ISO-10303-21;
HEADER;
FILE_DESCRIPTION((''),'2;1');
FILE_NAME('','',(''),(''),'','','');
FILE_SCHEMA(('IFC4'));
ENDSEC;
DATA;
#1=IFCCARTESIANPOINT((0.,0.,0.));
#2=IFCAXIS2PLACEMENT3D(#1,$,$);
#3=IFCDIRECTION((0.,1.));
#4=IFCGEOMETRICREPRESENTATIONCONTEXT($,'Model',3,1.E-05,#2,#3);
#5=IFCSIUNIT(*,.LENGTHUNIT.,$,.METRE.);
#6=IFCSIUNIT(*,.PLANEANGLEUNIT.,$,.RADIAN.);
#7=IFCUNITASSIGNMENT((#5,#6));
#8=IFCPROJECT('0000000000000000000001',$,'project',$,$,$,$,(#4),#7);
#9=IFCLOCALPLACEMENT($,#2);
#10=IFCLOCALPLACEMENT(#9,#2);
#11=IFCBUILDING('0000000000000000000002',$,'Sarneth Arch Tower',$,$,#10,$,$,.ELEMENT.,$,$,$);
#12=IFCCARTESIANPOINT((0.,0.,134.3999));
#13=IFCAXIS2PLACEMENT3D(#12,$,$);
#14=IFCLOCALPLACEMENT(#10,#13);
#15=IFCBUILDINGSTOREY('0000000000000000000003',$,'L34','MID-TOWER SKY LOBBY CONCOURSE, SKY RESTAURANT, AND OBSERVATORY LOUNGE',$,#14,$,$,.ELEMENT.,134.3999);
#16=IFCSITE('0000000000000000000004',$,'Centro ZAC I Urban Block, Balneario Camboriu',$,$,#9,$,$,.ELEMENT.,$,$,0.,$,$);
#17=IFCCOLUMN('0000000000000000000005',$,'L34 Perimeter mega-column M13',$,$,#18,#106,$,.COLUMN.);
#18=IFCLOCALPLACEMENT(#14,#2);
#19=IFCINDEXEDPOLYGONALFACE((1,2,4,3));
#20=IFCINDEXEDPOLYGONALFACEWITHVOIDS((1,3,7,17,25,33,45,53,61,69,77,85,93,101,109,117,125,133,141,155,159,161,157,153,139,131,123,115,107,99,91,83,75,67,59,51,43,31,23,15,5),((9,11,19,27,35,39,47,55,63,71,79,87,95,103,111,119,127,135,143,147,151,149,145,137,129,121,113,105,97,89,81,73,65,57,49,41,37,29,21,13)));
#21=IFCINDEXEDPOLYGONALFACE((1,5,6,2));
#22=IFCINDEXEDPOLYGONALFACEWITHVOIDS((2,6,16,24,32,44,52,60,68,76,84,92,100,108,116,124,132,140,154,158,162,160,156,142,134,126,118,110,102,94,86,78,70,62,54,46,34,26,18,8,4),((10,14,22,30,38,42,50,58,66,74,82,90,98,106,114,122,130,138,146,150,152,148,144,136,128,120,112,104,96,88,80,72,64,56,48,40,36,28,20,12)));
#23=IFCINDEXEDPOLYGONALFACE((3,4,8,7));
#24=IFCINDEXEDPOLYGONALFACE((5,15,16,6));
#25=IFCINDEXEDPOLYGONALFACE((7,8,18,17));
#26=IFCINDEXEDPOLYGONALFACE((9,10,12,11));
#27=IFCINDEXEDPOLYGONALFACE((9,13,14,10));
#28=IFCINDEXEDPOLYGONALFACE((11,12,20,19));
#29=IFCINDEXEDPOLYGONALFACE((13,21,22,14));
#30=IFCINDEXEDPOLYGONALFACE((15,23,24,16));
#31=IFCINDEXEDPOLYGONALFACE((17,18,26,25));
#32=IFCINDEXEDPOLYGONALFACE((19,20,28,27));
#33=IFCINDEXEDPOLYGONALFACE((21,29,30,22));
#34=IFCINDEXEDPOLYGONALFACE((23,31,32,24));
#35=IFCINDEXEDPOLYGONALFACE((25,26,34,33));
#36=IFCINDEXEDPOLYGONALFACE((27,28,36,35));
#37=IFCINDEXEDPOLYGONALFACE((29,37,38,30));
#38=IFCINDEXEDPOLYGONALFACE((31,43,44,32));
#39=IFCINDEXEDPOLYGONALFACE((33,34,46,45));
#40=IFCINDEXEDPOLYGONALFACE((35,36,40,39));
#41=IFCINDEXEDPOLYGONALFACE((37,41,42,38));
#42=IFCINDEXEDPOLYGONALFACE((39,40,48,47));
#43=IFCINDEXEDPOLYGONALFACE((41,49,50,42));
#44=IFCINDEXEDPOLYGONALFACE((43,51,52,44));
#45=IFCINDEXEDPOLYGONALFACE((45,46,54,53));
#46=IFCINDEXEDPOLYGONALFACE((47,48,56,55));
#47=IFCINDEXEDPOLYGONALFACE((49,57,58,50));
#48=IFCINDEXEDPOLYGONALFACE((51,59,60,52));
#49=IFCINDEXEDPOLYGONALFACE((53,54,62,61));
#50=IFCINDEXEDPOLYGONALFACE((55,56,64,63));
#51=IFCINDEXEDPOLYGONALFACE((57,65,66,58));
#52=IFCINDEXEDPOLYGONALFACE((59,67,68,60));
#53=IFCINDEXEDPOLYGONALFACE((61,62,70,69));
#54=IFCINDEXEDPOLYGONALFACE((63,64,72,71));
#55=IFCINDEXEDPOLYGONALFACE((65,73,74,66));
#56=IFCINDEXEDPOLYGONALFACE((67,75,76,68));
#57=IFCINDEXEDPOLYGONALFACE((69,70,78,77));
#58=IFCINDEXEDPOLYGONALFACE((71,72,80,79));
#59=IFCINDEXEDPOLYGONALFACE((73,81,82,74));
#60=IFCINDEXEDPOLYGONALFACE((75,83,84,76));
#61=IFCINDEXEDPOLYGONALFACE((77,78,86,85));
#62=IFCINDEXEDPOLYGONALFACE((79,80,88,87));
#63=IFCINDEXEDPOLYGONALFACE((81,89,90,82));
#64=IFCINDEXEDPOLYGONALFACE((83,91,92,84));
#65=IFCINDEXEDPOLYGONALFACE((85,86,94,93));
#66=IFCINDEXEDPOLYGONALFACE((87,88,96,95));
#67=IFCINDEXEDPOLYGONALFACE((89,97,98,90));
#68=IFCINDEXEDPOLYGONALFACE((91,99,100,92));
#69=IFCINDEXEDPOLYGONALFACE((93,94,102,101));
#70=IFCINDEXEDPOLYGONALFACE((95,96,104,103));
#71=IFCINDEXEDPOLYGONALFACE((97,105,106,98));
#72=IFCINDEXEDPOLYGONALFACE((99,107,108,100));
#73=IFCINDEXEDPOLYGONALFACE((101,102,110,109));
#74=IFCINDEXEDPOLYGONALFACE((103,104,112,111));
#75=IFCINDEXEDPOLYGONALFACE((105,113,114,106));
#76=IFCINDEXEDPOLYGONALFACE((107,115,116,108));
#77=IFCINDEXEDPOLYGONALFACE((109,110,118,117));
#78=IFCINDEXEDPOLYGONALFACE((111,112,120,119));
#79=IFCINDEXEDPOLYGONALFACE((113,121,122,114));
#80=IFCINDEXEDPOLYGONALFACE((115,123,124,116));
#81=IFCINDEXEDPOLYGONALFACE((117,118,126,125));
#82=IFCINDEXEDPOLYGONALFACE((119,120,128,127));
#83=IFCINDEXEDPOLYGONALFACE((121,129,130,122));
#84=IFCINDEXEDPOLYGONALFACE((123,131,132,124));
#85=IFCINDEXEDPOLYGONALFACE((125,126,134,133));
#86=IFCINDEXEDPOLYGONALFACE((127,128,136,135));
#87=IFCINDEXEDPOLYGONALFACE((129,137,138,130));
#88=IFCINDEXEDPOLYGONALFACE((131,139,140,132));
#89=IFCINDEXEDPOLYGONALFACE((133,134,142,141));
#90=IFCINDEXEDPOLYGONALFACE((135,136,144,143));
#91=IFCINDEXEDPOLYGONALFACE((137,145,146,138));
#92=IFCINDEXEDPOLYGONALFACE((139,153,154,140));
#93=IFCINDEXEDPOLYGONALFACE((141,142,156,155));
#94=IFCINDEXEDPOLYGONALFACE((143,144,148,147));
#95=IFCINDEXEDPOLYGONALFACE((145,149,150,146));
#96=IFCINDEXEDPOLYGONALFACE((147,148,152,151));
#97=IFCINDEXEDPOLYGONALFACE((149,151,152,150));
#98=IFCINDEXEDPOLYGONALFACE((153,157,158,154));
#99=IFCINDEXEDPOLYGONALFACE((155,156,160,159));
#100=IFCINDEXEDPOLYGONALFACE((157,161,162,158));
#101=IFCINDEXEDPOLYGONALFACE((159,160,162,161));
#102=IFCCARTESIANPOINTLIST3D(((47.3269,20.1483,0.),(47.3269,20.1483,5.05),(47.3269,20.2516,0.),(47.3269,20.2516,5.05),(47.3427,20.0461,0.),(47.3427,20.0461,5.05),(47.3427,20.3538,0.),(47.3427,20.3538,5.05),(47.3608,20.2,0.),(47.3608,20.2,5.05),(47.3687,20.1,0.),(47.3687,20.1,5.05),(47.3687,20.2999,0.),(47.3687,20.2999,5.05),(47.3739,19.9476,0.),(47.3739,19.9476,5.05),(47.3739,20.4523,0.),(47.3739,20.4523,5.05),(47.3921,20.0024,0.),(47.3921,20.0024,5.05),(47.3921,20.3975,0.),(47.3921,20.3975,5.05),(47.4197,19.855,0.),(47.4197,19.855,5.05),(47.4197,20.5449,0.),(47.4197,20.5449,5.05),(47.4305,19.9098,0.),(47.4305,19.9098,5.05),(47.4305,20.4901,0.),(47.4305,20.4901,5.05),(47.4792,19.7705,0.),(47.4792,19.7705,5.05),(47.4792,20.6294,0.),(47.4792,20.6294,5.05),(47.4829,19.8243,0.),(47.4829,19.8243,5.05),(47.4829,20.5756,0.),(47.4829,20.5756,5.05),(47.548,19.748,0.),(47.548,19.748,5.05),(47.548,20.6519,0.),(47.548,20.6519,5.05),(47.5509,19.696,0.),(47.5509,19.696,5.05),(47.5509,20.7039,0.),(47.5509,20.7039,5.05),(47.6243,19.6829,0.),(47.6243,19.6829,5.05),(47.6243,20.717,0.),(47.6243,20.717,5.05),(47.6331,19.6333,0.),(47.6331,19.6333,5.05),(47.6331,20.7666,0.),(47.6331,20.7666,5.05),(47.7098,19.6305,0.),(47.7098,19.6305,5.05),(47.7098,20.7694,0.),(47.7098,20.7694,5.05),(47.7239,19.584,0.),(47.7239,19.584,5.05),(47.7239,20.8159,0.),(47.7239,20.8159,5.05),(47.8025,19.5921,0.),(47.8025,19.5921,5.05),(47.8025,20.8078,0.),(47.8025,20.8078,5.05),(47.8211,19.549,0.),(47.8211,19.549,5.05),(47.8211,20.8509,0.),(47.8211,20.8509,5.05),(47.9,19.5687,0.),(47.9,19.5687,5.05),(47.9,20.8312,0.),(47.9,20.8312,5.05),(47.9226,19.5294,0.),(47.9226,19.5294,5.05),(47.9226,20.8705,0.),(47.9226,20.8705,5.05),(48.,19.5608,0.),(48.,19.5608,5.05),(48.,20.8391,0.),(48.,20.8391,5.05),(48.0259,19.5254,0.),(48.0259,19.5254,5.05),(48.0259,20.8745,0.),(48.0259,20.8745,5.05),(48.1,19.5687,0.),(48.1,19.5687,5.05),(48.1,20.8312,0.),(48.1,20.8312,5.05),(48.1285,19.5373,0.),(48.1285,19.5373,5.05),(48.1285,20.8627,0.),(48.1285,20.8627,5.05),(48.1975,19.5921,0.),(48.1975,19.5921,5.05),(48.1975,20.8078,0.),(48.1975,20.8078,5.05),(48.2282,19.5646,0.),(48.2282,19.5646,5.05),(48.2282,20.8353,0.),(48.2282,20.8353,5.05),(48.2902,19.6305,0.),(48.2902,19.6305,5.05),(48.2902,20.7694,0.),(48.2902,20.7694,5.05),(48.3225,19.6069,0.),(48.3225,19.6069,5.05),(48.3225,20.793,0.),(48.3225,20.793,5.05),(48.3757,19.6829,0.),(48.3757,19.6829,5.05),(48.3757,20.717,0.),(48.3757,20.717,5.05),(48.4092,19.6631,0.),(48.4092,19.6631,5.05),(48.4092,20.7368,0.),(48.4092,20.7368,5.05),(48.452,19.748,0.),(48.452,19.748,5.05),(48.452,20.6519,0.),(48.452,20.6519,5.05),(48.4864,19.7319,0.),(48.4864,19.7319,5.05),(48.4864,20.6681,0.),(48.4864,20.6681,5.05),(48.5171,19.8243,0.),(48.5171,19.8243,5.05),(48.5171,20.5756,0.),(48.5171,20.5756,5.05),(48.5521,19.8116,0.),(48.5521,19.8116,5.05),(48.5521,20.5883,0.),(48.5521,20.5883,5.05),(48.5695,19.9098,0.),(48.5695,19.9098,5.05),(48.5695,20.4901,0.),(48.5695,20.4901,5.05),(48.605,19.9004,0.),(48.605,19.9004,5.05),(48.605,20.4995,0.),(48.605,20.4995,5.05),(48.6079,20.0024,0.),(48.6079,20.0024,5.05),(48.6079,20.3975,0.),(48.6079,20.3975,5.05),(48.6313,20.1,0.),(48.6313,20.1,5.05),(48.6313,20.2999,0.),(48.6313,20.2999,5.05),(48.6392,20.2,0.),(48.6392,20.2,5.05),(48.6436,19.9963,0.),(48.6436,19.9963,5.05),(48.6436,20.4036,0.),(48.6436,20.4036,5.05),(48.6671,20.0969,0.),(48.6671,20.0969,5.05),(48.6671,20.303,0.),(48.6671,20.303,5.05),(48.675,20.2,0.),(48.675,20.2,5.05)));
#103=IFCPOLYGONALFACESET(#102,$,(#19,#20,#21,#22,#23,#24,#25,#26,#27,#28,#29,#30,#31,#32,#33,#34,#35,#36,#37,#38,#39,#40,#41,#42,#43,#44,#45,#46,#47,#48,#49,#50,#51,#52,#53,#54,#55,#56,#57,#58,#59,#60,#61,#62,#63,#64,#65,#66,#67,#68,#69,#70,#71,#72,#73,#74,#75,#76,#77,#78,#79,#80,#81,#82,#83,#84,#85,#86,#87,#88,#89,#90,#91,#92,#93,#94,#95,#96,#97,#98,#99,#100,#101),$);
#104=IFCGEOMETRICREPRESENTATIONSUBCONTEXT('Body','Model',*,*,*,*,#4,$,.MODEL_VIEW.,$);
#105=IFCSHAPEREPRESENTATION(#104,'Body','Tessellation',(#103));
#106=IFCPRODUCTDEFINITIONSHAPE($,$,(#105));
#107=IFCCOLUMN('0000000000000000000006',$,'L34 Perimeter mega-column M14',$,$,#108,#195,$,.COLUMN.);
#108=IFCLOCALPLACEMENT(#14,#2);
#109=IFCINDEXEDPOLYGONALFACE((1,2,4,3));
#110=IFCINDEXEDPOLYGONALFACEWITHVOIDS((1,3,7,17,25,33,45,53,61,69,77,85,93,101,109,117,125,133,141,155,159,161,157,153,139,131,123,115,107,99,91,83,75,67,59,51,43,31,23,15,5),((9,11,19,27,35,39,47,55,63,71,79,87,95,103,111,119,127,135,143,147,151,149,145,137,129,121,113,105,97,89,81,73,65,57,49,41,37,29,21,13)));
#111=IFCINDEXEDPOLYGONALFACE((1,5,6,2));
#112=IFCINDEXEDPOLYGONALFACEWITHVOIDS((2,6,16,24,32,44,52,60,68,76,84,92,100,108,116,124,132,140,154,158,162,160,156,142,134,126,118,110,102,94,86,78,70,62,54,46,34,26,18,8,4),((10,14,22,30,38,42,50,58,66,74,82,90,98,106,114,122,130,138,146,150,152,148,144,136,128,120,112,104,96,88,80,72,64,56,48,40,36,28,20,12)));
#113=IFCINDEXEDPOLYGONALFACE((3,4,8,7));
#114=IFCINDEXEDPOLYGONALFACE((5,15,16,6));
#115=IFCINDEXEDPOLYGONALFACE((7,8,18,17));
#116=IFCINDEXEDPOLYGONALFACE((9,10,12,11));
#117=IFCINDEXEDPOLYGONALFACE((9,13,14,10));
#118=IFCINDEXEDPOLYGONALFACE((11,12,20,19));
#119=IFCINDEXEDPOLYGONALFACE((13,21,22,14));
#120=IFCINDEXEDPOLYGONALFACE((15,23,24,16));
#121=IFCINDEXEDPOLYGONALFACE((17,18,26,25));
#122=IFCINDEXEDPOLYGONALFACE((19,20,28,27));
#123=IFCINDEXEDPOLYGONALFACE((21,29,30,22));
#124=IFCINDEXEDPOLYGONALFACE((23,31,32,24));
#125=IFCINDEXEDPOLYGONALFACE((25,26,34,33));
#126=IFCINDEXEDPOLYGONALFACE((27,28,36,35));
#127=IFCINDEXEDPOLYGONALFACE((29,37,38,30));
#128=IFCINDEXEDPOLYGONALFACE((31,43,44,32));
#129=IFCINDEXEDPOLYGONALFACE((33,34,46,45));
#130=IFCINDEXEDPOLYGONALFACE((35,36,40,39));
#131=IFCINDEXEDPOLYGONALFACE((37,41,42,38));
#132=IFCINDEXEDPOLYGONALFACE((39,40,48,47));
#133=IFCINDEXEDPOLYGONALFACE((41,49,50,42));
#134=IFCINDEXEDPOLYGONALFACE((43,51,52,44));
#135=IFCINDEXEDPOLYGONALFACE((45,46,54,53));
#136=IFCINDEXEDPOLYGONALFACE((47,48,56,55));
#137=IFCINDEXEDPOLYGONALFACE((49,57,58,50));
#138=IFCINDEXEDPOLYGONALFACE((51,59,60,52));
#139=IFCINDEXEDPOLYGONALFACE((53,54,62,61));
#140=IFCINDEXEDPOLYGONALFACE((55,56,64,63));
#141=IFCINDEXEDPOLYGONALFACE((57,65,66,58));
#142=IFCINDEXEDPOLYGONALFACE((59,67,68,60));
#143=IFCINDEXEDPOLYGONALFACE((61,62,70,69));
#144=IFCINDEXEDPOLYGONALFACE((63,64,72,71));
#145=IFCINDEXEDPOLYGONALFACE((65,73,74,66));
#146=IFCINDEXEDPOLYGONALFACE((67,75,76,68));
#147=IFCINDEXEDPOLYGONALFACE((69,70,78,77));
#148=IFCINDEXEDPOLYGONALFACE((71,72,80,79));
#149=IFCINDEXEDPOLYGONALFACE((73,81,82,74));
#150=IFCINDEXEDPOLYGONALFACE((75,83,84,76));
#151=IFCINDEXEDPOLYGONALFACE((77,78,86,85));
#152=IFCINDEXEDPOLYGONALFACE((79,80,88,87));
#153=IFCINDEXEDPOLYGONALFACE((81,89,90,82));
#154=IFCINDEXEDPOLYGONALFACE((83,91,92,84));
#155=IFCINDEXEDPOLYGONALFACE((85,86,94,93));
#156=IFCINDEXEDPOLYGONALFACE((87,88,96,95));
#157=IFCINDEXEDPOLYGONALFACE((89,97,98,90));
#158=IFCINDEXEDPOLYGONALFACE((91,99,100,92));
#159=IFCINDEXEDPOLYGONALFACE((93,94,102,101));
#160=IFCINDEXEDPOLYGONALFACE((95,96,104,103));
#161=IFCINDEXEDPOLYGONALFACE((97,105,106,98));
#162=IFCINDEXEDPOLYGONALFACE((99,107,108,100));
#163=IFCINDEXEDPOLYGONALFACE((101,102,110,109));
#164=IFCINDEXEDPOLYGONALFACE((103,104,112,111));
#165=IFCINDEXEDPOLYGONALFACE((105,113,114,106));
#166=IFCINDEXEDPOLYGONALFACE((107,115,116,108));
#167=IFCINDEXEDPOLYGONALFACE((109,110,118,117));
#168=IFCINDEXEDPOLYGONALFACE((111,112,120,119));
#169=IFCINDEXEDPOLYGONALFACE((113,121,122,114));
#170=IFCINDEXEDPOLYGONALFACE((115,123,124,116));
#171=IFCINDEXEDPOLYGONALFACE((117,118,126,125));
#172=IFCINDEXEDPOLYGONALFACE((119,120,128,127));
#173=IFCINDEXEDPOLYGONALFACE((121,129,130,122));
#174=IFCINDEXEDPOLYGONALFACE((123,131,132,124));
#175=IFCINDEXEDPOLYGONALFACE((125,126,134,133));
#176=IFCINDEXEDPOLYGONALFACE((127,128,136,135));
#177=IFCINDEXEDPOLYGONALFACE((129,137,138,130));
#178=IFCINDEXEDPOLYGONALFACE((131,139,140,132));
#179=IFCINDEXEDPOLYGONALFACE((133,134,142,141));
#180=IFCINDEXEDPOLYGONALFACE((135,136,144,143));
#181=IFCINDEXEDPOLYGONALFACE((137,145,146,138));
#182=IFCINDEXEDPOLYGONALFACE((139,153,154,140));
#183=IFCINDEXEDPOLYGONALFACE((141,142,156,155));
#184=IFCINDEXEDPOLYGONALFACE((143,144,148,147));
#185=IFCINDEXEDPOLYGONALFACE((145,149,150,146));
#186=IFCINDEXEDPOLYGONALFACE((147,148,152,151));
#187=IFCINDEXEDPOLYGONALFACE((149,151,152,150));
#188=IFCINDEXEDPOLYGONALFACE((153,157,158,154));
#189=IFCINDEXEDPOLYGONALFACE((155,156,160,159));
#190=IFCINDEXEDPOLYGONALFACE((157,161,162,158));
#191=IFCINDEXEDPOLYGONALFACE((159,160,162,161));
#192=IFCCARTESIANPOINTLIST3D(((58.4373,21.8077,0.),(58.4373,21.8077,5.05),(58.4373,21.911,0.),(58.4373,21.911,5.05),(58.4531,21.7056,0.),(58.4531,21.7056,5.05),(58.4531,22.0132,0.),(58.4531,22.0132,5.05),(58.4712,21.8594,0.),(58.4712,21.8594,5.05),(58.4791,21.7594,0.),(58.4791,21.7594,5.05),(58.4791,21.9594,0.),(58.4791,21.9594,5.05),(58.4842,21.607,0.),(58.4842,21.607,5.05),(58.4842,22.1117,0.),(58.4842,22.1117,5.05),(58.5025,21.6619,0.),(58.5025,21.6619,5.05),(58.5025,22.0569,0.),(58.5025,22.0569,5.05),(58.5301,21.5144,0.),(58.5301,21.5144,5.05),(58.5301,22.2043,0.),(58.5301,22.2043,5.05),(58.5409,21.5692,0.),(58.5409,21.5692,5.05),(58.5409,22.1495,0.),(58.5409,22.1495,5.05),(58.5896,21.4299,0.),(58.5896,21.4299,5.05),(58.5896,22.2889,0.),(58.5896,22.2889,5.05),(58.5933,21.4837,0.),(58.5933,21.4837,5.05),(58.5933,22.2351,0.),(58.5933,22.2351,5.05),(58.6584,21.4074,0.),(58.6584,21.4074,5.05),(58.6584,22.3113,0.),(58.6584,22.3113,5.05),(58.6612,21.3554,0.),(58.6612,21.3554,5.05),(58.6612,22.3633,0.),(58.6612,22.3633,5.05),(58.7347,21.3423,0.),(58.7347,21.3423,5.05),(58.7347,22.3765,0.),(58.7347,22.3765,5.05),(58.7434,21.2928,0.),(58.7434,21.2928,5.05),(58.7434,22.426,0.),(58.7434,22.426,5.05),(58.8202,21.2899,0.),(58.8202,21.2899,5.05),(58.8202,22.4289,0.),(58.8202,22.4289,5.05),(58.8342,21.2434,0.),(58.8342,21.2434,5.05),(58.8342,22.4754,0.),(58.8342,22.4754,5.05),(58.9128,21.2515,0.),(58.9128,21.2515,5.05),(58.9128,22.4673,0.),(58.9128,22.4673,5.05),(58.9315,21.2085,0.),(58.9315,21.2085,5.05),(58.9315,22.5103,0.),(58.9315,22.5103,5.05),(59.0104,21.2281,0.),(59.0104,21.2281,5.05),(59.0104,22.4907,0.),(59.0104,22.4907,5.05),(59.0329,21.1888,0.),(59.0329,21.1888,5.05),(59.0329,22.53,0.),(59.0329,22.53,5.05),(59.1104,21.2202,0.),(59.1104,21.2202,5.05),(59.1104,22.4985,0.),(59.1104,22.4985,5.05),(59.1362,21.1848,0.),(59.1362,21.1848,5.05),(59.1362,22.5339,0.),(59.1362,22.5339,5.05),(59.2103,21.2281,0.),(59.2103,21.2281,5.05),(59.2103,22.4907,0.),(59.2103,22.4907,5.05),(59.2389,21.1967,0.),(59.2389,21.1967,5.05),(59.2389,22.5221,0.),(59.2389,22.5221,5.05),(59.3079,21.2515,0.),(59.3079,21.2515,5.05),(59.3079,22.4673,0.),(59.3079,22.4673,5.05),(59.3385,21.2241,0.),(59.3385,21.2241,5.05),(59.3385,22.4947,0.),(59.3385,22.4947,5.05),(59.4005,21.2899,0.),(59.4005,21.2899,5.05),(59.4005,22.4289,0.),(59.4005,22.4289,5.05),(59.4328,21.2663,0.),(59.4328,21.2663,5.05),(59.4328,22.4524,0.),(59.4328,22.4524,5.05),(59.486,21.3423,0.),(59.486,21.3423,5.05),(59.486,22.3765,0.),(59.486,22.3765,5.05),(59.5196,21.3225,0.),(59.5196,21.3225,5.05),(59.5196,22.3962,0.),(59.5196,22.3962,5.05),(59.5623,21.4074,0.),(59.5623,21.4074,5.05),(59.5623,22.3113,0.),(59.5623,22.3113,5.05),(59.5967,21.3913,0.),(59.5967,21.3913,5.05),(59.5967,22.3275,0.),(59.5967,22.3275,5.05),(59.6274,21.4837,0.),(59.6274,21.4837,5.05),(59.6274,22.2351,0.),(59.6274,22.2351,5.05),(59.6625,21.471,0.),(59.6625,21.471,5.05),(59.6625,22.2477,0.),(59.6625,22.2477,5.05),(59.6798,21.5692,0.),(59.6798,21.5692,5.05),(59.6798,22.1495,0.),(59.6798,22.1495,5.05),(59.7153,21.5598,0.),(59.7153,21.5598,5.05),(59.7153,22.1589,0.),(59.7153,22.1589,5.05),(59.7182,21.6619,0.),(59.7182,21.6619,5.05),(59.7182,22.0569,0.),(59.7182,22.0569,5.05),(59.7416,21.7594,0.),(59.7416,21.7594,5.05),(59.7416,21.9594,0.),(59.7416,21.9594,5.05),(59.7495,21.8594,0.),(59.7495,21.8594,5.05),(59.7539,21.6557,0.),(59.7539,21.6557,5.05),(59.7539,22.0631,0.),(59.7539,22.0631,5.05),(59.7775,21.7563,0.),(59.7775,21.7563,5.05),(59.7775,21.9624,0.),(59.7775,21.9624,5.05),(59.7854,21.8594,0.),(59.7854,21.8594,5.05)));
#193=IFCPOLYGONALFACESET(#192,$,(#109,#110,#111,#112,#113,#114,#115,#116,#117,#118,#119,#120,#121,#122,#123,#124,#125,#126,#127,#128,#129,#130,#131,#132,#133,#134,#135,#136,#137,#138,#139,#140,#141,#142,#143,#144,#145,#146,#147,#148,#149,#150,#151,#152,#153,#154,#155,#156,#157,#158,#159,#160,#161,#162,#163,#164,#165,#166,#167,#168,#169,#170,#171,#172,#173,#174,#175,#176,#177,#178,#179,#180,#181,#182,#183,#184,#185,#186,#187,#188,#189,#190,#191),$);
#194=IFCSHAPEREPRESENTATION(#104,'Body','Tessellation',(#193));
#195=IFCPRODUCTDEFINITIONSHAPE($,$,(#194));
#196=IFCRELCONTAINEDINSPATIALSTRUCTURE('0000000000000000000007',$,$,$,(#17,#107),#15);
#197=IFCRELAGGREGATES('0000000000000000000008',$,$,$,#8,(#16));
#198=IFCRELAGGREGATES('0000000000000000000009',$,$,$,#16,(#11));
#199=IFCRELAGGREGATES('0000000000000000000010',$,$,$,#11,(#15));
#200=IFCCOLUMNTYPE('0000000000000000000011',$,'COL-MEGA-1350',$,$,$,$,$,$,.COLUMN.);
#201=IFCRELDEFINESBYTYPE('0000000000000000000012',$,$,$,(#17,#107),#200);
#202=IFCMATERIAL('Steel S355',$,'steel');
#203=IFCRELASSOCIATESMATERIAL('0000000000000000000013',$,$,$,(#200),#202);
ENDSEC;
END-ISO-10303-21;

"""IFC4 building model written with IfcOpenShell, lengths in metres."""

from ifc_helpers import new_model, si_unit, direction, frame, origin, origin_2d, place, context, subcontext, project, spatial, hollow_circle, extrude, material, material_profile, profile_set, type_object, element, save


model = new_model("IFC4")

# Units and contexts
model_context = context("Model", 3, precision=1e-05, world=origin(), true_north=direction((0.0, 1.0)))
body_context = subcontext(model_context, "Body", "Model", "MODEL_VIEW")
ifc_project = project(units=[si_unit("LENGTHUNIT", "METRE"), si_unit("PLANEANGLEUNIT", "RADIAN")], contexts=[model_context])

# Site, building, storey
site_placement = place(None, origin())
site = spatial("IfcSite", under=ifc_project, at=site_placement, Name="Centro ZAC I Urban Block, Balneario Camboriu", CompositionType="ELEMENT", RefElevation=0.0)
building_placement = place(site_placement, origin())
building = spatial("IfcBuilding", under=site, at=building_placement, Name="Sarneth Arch Tower", CompositionType="ELEMENT")
storey_placement = place(building_placement, frame((0.0, 0.0, 134.3999)))
storey = spatial("IfcBuildingStorey", under=building, at=storey_placement, Name="L34", Description="MID-TOWER SKY LOBBY CONCOURSE, SKY RESTAURANT, AND OBSERVATORY LOUNGE", CompositionType="ELEMENT", Elevation=134.3999)

# Columns
ifc_material_1 = material(Name="Steel S355", Category="steel")
ifc_material_profile_1 = material_profile(ifc_material_1, hollow_circle(Radius=0.675, WallThickness=0.0359, at=origin_2d()), Name="CHS1350x36")
ifc_profile_set_1 = profile_set([ifc_material_profile_1], Name="Steel S355")
column_type = type_object("IfcColumnType", Name="COL-MEGA-1350", PredefinedType="COLUMN", material=ifc_profile_set_1)
for number, where, z_axis, x_axis, name in (
    (1, (48.0, 20.2, 0.0), (0.0, 0.0, 1.0), (1.0, 0.0, 0.0), "L34 Perimeter mega-column M13"),
    (2, (59.1104, 21.8594, 0.0), (0.0, 0.0, 1.0), (1.0, 0.0, 0.0), "L34 Perimeter mega-column M14"),
):
    element("IfcColumn", number, at=place(storey_placement, frame(where, z_axis=z_axis, x_axis=x_axis)), inside=storey, type_object=column_type, Name=name, PredefinedType="COLUMN", context=body_context, shape_type="SweptSolid", body=[
        extrude(hollow_circle(Radius=0.675, WallThickness=0.0359, at=origin_2d()), origin(), (0.0, 0.0, 1.0), 5.05),
    ])

save(model, "model.ifc")
